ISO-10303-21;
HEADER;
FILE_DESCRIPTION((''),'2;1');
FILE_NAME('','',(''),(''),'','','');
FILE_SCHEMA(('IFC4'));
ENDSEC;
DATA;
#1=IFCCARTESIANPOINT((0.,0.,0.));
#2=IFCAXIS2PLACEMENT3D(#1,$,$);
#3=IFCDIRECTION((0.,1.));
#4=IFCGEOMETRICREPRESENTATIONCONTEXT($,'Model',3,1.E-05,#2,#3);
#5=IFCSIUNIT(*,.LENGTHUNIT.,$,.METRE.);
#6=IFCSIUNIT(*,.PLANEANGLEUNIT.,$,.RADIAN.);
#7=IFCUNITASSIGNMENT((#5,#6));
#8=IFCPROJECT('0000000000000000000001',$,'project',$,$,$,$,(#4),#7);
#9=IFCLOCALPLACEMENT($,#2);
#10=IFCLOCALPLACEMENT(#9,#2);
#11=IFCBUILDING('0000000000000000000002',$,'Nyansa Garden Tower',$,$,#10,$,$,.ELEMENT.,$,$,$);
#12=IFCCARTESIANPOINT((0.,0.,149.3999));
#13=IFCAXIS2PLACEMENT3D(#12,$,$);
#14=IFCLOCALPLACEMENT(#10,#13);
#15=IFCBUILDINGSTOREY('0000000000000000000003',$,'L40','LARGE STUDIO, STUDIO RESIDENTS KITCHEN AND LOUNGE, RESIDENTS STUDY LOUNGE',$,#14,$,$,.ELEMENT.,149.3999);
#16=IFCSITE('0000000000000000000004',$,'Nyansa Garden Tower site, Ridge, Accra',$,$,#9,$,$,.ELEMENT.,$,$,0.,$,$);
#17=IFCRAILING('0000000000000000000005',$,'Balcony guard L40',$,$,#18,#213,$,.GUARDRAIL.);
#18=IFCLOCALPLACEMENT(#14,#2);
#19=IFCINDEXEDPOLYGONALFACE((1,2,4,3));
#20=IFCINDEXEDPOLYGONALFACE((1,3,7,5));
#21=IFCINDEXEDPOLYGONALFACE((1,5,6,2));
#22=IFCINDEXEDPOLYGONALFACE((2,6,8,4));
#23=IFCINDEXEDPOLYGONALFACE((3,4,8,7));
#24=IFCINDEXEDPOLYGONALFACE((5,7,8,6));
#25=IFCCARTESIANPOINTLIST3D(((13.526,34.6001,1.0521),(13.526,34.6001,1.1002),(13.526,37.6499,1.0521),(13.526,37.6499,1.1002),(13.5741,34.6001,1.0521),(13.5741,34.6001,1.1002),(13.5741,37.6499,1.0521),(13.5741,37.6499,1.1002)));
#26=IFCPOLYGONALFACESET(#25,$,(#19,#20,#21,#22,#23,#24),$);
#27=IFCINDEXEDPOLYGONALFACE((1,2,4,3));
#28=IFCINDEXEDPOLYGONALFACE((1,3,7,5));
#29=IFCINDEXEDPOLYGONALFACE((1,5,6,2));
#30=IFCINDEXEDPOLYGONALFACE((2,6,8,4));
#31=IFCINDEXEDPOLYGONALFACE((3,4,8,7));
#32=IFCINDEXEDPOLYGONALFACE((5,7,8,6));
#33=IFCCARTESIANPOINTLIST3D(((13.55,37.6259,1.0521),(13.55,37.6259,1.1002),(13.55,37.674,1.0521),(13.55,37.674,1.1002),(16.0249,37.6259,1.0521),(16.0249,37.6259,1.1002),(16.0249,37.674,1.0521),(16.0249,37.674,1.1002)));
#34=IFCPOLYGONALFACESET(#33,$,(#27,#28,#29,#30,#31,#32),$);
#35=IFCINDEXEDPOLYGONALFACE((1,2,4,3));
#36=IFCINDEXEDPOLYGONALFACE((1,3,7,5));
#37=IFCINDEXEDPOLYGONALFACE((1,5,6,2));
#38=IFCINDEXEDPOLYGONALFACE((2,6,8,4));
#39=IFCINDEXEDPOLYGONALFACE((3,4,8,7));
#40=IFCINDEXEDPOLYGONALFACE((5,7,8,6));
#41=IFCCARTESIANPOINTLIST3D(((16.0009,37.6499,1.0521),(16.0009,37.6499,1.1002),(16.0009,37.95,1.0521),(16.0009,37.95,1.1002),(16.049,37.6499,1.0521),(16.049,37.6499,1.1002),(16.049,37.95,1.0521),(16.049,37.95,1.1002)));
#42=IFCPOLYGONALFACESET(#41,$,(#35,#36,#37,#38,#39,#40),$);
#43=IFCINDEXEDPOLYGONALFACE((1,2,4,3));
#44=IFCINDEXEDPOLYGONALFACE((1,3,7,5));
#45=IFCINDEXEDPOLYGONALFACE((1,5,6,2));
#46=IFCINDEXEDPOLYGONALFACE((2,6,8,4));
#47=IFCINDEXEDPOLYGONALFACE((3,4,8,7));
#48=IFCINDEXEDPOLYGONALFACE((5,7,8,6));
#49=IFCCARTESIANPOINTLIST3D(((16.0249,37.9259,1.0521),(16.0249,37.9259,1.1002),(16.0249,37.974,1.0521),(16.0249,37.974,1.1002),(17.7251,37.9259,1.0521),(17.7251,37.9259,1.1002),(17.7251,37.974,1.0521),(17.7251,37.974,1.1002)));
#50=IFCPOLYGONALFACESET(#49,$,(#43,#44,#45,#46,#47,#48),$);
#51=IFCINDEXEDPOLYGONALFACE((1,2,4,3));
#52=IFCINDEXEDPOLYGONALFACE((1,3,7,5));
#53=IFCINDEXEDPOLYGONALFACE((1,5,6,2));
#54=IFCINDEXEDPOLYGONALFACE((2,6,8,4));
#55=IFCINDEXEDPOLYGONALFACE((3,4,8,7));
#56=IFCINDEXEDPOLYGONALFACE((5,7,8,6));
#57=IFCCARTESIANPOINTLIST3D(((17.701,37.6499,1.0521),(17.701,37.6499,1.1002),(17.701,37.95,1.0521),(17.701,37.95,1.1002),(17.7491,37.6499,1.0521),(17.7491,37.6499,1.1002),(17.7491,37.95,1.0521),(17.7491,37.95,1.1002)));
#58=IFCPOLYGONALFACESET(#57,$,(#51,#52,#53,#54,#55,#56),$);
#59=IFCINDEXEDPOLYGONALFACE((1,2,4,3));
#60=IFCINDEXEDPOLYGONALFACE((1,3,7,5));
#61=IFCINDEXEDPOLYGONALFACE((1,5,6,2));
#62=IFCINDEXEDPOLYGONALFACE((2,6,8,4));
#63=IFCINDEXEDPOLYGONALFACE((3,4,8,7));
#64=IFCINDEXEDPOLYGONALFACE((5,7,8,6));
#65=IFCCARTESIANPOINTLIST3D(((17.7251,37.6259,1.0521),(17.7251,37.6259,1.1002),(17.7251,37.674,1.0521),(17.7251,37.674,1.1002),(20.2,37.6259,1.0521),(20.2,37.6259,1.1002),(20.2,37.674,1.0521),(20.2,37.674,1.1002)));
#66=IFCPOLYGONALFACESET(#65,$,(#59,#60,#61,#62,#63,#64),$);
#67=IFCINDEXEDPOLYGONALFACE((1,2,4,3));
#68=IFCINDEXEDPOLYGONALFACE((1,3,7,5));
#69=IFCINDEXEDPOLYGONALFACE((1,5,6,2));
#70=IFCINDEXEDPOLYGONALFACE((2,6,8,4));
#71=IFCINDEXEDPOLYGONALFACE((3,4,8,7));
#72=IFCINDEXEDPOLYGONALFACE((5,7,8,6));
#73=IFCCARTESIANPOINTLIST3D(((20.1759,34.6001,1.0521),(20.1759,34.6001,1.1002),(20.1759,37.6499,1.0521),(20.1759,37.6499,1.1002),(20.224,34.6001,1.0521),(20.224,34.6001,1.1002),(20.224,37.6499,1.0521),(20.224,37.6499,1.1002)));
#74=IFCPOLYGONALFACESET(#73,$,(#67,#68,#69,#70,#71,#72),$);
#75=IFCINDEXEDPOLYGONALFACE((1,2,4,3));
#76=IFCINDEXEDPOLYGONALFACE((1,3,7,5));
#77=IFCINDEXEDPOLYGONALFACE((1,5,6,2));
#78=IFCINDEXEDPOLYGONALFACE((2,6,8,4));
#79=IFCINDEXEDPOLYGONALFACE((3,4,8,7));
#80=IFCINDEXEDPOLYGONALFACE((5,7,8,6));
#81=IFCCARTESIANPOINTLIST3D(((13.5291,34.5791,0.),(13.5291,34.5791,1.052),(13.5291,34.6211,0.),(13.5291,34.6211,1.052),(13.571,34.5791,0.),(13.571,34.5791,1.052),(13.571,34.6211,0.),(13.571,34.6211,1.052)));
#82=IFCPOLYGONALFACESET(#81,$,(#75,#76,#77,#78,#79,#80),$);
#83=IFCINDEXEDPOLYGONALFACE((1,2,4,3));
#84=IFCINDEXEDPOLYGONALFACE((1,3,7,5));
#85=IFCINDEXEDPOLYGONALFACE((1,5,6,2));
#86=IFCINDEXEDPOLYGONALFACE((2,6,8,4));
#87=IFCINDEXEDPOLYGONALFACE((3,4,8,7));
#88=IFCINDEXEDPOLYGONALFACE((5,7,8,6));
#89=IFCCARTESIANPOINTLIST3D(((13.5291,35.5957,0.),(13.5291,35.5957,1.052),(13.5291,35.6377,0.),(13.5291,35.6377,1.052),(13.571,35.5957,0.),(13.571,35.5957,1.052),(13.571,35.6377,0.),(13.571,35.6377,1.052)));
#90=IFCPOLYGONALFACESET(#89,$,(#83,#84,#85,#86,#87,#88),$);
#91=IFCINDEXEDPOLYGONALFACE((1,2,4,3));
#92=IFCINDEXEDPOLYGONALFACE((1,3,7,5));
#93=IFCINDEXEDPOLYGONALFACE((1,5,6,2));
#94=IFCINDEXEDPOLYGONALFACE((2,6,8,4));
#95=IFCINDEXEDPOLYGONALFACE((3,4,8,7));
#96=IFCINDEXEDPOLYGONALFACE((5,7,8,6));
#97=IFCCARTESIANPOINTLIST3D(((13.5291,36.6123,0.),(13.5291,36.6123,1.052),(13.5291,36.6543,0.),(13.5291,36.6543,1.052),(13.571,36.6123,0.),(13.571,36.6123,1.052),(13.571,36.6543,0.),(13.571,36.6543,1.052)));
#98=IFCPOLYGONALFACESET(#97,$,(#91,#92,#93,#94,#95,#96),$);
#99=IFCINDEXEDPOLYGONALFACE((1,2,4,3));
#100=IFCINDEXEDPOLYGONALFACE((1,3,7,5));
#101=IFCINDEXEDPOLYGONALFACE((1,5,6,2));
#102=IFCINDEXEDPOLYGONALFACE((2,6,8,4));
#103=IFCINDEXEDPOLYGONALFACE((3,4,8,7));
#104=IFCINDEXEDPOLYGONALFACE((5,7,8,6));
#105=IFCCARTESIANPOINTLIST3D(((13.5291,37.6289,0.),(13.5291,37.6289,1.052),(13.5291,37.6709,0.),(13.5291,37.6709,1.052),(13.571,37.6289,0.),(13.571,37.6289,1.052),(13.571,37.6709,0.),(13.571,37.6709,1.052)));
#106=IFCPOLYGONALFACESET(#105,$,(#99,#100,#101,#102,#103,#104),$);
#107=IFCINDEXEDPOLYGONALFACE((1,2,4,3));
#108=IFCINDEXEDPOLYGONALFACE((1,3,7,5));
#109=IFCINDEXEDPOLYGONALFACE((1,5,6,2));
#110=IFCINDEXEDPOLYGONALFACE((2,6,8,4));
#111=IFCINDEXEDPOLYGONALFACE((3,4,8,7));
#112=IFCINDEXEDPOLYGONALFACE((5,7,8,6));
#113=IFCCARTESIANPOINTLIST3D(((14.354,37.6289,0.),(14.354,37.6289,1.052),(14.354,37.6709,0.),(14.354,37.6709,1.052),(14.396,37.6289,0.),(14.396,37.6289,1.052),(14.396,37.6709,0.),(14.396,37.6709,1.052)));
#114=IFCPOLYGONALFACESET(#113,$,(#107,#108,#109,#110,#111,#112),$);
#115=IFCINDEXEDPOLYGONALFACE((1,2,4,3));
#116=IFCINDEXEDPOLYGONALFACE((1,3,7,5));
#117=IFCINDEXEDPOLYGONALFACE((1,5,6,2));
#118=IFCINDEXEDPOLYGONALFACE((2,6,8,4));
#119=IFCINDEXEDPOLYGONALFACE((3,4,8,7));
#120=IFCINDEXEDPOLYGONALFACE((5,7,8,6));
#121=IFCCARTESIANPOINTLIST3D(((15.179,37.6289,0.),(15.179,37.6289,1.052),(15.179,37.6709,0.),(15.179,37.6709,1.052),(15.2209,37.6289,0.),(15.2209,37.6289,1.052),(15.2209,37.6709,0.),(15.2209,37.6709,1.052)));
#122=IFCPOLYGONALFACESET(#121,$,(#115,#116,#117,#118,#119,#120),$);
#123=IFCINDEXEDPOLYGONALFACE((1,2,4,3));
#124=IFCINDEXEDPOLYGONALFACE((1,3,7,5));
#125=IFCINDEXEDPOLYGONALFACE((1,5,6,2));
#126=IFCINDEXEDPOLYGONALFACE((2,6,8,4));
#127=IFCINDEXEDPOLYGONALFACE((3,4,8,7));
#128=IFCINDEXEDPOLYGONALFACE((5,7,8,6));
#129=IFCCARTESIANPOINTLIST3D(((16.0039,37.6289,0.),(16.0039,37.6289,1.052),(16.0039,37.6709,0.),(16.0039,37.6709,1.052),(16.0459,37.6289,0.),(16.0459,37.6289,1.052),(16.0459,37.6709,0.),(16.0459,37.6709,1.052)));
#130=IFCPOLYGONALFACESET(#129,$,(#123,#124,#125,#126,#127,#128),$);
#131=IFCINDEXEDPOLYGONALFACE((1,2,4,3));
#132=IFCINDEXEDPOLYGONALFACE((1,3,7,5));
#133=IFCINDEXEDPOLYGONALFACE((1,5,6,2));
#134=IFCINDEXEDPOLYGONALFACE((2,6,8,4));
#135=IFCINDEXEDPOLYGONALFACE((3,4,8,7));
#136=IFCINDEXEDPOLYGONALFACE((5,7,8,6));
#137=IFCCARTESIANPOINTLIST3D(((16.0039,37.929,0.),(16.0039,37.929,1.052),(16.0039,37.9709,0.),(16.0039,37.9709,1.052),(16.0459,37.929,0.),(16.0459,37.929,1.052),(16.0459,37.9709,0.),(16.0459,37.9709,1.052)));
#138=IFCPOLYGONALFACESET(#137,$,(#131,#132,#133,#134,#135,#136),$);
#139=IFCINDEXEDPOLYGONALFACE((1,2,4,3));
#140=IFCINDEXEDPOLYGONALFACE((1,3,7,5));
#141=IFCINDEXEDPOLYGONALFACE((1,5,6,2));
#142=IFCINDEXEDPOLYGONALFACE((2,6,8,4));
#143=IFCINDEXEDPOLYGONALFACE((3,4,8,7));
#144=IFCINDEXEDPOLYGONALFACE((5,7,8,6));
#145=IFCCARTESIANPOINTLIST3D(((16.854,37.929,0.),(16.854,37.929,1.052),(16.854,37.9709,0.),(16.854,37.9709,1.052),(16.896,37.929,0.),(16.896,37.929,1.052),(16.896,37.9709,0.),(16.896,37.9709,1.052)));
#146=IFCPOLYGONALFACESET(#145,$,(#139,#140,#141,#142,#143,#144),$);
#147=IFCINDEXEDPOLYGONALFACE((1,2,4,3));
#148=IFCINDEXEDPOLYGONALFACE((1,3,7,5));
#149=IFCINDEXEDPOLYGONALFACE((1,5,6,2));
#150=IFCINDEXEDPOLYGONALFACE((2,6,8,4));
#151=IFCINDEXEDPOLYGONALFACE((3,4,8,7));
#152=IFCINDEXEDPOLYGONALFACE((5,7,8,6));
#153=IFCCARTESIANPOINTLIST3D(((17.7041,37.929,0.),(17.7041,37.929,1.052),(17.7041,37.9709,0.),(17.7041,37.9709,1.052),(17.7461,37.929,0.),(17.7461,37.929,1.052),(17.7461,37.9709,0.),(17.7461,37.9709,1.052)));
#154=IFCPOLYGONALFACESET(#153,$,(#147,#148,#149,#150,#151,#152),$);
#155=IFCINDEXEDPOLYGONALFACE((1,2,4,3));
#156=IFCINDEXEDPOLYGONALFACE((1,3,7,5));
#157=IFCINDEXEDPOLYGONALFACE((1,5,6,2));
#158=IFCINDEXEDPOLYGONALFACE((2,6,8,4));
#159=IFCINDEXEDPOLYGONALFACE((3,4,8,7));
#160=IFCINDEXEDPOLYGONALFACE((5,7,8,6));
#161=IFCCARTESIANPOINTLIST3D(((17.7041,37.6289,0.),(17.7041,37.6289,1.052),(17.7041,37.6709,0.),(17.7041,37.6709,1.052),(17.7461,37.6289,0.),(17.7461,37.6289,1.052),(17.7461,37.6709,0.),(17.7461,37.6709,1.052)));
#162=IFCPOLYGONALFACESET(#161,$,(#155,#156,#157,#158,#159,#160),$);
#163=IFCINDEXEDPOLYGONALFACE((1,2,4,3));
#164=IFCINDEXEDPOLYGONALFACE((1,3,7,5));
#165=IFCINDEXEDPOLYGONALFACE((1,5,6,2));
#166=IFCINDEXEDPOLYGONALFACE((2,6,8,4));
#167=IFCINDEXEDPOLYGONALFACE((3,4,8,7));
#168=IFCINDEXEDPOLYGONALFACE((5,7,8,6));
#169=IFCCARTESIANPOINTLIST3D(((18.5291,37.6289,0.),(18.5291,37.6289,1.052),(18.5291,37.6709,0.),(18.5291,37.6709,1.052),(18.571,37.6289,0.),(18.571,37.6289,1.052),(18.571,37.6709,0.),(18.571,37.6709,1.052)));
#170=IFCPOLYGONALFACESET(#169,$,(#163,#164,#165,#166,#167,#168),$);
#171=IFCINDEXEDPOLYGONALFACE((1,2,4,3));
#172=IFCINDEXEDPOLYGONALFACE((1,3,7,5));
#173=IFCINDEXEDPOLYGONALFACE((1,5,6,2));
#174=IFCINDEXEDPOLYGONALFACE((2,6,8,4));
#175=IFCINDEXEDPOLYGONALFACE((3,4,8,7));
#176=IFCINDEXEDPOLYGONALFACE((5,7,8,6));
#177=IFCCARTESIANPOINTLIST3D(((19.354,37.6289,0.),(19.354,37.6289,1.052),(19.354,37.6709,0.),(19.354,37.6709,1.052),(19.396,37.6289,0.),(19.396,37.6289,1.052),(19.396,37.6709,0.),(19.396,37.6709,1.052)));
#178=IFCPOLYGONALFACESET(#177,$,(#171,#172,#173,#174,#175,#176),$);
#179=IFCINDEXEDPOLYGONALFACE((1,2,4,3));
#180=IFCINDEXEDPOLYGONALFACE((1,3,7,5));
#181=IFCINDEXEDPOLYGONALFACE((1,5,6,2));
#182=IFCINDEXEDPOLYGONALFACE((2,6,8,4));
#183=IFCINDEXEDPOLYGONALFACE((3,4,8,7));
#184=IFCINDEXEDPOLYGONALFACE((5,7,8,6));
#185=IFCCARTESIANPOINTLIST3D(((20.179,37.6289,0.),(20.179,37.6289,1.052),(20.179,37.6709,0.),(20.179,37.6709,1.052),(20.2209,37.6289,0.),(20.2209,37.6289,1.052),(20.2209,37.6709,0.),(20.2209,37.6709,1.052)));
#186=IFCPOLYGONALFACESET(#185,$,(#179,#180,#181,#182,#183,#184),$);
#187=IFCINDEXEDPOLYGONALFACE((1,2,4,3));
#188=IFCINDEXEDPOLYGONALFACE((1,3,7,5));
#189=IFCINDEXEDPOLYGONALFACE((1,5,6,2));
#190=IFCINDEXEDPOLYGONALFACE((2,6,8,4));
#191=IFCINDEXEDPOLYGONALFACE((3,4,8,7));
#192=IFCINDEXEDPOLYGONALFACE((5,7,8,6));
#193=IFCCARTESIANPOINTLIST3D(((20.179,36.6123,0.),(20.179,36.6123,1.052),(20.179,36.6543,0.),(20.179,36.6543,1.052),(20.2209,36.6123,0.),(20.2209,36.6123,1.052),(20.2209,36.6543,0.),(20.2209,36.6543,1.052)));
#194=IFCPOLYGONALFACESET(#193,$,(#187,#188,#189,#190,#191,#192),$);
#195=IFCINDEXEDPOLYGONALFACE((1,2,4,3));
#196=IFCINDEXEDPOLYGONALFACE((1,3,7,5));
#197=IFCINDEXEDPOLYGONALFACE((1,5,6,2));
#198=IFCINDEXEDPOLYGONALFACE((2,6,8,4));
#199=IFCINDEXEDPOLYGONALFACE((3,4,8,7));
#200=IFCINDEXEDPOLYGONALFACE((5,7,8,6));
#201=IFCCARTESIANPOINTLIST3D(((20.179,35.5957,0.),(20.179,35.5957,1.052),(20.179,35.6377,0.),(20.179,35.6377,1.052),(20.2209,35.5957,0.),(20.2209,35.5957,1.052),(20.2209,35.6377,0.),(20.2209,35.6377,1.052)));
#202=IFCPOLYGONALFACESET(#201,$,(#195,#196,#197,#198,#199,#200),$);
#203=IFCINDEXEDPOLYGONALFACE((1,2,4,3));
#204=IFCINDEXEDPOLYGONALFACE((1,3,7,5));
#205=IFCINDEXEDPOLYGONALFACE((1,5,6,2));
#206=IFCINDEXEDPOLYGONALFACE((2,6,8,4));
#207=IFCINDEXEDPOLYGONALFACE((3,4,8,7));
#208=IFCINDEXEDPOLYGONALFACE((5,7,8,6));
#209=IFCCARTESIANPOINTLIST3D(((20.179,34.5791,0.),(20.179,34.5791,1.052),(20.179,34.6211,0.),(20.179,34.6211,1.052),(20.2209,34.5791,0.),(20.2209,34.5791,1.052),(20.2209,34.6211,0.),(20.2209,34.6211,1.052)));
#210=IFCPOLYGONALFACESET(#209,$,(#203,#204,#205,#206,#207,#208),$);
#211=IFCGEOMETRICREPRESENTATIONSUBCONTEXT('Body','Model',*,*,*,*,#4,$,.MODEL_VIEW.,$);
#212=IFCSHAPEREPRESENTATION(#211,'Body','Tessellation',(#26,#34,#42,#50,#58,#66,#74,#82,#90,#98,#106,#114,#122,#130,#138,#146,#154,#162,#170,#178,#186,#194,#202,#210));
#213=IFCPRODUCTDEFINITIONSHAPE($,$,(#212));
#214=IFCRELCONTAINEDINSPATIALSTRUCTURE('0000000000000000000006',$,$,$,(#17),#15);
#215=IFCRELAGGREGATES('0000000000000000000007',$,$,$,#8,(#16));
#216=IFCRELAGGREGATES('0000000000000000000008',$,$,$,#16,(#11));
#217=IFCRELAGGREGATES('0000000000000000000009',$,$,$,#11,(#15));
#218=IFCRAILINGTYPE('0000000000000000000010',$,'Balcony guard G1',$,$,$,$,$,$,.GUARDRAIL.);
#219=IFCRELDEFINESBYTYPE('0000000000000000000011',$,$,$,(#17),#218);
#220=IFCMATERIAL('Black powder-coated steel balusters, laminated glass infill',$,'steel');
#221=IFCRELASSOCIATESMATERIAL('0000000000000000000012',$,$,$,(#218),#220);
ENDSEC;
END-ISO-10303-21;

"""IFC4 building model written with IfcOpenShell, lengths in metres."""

from ifc_helpers import new_model, si_unit, direction, frame, origin, origin_2d, place, context, subcontext, project, spatial, rectangle, extrude, material, type_object, element, save


model = new_model("IFC4")

# Units and contexts
model_context = context("Model", 3, precision=1e-05, world=origin(), true_north=direction((0.0, 1.0)))
body_context = subcontext(model_context, "Body", "Model", "MODEL_VIEW")
ifc_project = project(units=[si_unit("LENGTHUNIT", "METRE"), si_unit("PLANEANGLEUNIT", "RADIAN")], contexts=[model_context])

# Site, building, storey
site_placement = place(None, origin())
site = spatial("IfcSite", under=ifc_project, at=site_placement, Name="Nyansa Garden Tower site, Ridge, Accra", CompositionType="ELEMENT", RefElevation=0.0)
building_placement = place(site_placement, origin())
building = spatial("IfcBuilding", under=site, at=building_placement, Name="Nyansa Garden Tower", CompositionType="ELEMENT")
storey_placement = place(building_placement, frame((0.0, 0.0, 149.3999)))
storey = spatial("IfcBuildingStorey", under=building, at=storey_placement, Name="L40", Description="LARGE STUDIO, STUDIO RESIDENTS KITCHEN AND LOUNGE, RESIDENTS STUDY LOUNGE", CompositionType="ELEMENT", Elevation=149.3999)

# Railing
ifc_material_1 = material(Name="Black powder-coated steel balusters, laminated glass infill", Category="steel")
railing_type = type_object("IfcRailingType", Name="Balcony guard G1", PredefinedType="GUARDRAIL", material=ifc_material_1)
railing_placement = place(storey_placement, frame((13.55, 34.6001, 0.0)))
element("IfcRailing", 1, at=railing_placement, inside=storey, type_object=railing_type, Name="Balcony guard L40", PredefinedType="GUARDRAIL", context=body_context, shape_type="SweptSolid", body=[
    extrude(rectangle(XDim=0.0481, YDim=0.0481, at=origin_2d()), frame((0.0, 0.0, 1.0762), z_axis=(0.0, 1.0, 0.0), x_axis=(-1.0, 0.0, 0.0)), (0.0, 0.0, 1.0), 3.0498),
    extrude(rectangle(XDim=0.0481, YDim=0.0481, at=origin_2d()), frame((0.0, 3.0498, 1.0762), z_axis=(1.0, 0.0, 0.0), x_axis=(0.0, 1.0, 0.0)), (0.0, 0.0, 1.0), 2.4749),
    extrude(rectangle(XDim=0.0481, YDim=0.0481, at=origin_2d()), frame((2.4749, 3.0498, 1.0762), z_axis=(0.0, 1.0, 0.0), x_axis=(-1.0, 0.0, 0.0)), (0.0, 0.0, 1.0), 0.3),
    extrude(rectangle(XDim=0.0481, YDim=0.0481, at=origin_2d()), frame((2.4749, 3.3499, 1.0762), z_axis=(1.0, 0.0, 0.0), x_axis=(0.0, 1.0, 0.0)), (0.0, 0.0, 1.0), 1.7002),
    extrude(rectangle(XDim=0.0481, YDim=0.0481, at=origin_2d()), frame((4.175, 3.3499, 1.0762), z_axis=(0.0, -1.0, 0.0), x_axis=(1.0, 0.0, 0.0)), (0.0, 0.0, 1.0), 0.3),
    extrude(rectangle(XDim=0.0481, YDim=0.0481, at=origin_2d()), frame((4.175, 3.0498, 1.0762), z_axis=(1.0, 0.0, 0.0), x_axis=(0.0, 1.0, 0.0)), (0.0, 0.0, 1.0), 2.4749),
    extrude(rectangle(XDim=0.0481, YDim=0.0481, at=origin_2d()), frame((6.6499, 3.0498, 1.0762), z_axis=(0.0, -1.0, 0.0), x_axis=(1.0, 0.0, 0.0)), (0.0, 0.0, 1.0), 3.0498),
    extrude(rectangle(XDim=0.042, YDim=0.042, at=origin_2d()), origin(), (0.0, 0.0, 1.0), 1.052),
    extrude(rectangle(XDim=0.042, YDim=0.042, at=origin_2d()), frame((0.0, 1.0166, 0.0)), (0.0, 0.0, 1.0), 1.052),
    extrude(rectangle(XDim=0.042, YDim=0.042, at=origin_2d()), frame((0.0, 2.0332, 0.0)), (0.0, 0.0, 1.0), 1.052),
    extrude(rectangle(XDim=0.042, YDim=0.042, at=origin_2d()), frame((0.0, 3.0498, 0.0)), (0.0, 0.0, 1.0), 1.052),
    extrude(rectangle(XDim=0.042, YDim=0.042, at=origin_2d()), frame((0.825, 3.0498, 0.0)), (0.0, 0.0, 1.0), 1.052),
    extrude(rectangle(XDim=0.042, YDim=0.042, at=origin_2d()), frame((1.6499, 3.0498, 0.0)), (0.0, 0.0, 1.0), 1.052),
    extrude(rectangle(XDim=0.042, YDim=0.042, at=origin_2d()), frame((2.4749, 3.0498, 0.0)), (0.0, 0.0, 1.0), 1.052),
    extrude(rectangle(XDim=0.042, YDim=0.042, at=origin_2d()), frame((2.4749, 3.3499, 0.0)), (0.0, 0.0, 1.0), 1.052),
    extrude(rectangle(XDim=0.042, YDim=0.042, at=origin_2d()), frame((3.325, 3.3499, 0.0)), (0.0, 0.0, 1.0), 1.052),
    extrude(rectangle(XDim=0.042, YDim=0.042, at=origin_2d()), frame((4.175, 3.3499, 0.0)), (0.0, 0.0, 1.0), 1.052),
    extrude(rectangle(XDim=0.042, YDim=0.042, at=origin_2d()), frame((4.175, 3.0498, 0.0)), (0.0, 0.0, 1.0), 1.052),
    extrude(rectangle(XDim=0.042, YDim=0.042, at=origin_2d()), frame((5.0, 3.0498, 0.0)), (0.0, 0.0, 1.0), 1.052),
    extrude(rectangle(XDim=0.042, YDim=0.042, at=origin_2d()), frame((5.825, 3.0498, 0.0)), (0.0, 0.0, 1.0), 1.052),
    extrude(rectangle(XDim=0.042, YDim=0.042, at=origin_2d()), frame((6.6499, 3.0498, 0.0)), (0.0, 0.0, 1.0), 1.052),
    extrude(rectangle(XDim=0.042, YDim=0.042, at=origin_2d()), frame((6.6499, 2.0332, 0.0)), (0.0, 0.0, 1.0), 1.052),
    extrude(rectangle(XDim=0.042, YDim=0.042, at=origin_2d()), frame((6.6499, 1.0166, 0.0)), (0.0, 0.0, 1.0), 1.052),
    extrude(rectangle(XDim=0.042, YDim=0.042, at=origin_2d()), frame((6.6499, 0.0, 0.0)), (0.0, 0.0, 1.0), 1.052),
])

save(model, "model.ifc")
